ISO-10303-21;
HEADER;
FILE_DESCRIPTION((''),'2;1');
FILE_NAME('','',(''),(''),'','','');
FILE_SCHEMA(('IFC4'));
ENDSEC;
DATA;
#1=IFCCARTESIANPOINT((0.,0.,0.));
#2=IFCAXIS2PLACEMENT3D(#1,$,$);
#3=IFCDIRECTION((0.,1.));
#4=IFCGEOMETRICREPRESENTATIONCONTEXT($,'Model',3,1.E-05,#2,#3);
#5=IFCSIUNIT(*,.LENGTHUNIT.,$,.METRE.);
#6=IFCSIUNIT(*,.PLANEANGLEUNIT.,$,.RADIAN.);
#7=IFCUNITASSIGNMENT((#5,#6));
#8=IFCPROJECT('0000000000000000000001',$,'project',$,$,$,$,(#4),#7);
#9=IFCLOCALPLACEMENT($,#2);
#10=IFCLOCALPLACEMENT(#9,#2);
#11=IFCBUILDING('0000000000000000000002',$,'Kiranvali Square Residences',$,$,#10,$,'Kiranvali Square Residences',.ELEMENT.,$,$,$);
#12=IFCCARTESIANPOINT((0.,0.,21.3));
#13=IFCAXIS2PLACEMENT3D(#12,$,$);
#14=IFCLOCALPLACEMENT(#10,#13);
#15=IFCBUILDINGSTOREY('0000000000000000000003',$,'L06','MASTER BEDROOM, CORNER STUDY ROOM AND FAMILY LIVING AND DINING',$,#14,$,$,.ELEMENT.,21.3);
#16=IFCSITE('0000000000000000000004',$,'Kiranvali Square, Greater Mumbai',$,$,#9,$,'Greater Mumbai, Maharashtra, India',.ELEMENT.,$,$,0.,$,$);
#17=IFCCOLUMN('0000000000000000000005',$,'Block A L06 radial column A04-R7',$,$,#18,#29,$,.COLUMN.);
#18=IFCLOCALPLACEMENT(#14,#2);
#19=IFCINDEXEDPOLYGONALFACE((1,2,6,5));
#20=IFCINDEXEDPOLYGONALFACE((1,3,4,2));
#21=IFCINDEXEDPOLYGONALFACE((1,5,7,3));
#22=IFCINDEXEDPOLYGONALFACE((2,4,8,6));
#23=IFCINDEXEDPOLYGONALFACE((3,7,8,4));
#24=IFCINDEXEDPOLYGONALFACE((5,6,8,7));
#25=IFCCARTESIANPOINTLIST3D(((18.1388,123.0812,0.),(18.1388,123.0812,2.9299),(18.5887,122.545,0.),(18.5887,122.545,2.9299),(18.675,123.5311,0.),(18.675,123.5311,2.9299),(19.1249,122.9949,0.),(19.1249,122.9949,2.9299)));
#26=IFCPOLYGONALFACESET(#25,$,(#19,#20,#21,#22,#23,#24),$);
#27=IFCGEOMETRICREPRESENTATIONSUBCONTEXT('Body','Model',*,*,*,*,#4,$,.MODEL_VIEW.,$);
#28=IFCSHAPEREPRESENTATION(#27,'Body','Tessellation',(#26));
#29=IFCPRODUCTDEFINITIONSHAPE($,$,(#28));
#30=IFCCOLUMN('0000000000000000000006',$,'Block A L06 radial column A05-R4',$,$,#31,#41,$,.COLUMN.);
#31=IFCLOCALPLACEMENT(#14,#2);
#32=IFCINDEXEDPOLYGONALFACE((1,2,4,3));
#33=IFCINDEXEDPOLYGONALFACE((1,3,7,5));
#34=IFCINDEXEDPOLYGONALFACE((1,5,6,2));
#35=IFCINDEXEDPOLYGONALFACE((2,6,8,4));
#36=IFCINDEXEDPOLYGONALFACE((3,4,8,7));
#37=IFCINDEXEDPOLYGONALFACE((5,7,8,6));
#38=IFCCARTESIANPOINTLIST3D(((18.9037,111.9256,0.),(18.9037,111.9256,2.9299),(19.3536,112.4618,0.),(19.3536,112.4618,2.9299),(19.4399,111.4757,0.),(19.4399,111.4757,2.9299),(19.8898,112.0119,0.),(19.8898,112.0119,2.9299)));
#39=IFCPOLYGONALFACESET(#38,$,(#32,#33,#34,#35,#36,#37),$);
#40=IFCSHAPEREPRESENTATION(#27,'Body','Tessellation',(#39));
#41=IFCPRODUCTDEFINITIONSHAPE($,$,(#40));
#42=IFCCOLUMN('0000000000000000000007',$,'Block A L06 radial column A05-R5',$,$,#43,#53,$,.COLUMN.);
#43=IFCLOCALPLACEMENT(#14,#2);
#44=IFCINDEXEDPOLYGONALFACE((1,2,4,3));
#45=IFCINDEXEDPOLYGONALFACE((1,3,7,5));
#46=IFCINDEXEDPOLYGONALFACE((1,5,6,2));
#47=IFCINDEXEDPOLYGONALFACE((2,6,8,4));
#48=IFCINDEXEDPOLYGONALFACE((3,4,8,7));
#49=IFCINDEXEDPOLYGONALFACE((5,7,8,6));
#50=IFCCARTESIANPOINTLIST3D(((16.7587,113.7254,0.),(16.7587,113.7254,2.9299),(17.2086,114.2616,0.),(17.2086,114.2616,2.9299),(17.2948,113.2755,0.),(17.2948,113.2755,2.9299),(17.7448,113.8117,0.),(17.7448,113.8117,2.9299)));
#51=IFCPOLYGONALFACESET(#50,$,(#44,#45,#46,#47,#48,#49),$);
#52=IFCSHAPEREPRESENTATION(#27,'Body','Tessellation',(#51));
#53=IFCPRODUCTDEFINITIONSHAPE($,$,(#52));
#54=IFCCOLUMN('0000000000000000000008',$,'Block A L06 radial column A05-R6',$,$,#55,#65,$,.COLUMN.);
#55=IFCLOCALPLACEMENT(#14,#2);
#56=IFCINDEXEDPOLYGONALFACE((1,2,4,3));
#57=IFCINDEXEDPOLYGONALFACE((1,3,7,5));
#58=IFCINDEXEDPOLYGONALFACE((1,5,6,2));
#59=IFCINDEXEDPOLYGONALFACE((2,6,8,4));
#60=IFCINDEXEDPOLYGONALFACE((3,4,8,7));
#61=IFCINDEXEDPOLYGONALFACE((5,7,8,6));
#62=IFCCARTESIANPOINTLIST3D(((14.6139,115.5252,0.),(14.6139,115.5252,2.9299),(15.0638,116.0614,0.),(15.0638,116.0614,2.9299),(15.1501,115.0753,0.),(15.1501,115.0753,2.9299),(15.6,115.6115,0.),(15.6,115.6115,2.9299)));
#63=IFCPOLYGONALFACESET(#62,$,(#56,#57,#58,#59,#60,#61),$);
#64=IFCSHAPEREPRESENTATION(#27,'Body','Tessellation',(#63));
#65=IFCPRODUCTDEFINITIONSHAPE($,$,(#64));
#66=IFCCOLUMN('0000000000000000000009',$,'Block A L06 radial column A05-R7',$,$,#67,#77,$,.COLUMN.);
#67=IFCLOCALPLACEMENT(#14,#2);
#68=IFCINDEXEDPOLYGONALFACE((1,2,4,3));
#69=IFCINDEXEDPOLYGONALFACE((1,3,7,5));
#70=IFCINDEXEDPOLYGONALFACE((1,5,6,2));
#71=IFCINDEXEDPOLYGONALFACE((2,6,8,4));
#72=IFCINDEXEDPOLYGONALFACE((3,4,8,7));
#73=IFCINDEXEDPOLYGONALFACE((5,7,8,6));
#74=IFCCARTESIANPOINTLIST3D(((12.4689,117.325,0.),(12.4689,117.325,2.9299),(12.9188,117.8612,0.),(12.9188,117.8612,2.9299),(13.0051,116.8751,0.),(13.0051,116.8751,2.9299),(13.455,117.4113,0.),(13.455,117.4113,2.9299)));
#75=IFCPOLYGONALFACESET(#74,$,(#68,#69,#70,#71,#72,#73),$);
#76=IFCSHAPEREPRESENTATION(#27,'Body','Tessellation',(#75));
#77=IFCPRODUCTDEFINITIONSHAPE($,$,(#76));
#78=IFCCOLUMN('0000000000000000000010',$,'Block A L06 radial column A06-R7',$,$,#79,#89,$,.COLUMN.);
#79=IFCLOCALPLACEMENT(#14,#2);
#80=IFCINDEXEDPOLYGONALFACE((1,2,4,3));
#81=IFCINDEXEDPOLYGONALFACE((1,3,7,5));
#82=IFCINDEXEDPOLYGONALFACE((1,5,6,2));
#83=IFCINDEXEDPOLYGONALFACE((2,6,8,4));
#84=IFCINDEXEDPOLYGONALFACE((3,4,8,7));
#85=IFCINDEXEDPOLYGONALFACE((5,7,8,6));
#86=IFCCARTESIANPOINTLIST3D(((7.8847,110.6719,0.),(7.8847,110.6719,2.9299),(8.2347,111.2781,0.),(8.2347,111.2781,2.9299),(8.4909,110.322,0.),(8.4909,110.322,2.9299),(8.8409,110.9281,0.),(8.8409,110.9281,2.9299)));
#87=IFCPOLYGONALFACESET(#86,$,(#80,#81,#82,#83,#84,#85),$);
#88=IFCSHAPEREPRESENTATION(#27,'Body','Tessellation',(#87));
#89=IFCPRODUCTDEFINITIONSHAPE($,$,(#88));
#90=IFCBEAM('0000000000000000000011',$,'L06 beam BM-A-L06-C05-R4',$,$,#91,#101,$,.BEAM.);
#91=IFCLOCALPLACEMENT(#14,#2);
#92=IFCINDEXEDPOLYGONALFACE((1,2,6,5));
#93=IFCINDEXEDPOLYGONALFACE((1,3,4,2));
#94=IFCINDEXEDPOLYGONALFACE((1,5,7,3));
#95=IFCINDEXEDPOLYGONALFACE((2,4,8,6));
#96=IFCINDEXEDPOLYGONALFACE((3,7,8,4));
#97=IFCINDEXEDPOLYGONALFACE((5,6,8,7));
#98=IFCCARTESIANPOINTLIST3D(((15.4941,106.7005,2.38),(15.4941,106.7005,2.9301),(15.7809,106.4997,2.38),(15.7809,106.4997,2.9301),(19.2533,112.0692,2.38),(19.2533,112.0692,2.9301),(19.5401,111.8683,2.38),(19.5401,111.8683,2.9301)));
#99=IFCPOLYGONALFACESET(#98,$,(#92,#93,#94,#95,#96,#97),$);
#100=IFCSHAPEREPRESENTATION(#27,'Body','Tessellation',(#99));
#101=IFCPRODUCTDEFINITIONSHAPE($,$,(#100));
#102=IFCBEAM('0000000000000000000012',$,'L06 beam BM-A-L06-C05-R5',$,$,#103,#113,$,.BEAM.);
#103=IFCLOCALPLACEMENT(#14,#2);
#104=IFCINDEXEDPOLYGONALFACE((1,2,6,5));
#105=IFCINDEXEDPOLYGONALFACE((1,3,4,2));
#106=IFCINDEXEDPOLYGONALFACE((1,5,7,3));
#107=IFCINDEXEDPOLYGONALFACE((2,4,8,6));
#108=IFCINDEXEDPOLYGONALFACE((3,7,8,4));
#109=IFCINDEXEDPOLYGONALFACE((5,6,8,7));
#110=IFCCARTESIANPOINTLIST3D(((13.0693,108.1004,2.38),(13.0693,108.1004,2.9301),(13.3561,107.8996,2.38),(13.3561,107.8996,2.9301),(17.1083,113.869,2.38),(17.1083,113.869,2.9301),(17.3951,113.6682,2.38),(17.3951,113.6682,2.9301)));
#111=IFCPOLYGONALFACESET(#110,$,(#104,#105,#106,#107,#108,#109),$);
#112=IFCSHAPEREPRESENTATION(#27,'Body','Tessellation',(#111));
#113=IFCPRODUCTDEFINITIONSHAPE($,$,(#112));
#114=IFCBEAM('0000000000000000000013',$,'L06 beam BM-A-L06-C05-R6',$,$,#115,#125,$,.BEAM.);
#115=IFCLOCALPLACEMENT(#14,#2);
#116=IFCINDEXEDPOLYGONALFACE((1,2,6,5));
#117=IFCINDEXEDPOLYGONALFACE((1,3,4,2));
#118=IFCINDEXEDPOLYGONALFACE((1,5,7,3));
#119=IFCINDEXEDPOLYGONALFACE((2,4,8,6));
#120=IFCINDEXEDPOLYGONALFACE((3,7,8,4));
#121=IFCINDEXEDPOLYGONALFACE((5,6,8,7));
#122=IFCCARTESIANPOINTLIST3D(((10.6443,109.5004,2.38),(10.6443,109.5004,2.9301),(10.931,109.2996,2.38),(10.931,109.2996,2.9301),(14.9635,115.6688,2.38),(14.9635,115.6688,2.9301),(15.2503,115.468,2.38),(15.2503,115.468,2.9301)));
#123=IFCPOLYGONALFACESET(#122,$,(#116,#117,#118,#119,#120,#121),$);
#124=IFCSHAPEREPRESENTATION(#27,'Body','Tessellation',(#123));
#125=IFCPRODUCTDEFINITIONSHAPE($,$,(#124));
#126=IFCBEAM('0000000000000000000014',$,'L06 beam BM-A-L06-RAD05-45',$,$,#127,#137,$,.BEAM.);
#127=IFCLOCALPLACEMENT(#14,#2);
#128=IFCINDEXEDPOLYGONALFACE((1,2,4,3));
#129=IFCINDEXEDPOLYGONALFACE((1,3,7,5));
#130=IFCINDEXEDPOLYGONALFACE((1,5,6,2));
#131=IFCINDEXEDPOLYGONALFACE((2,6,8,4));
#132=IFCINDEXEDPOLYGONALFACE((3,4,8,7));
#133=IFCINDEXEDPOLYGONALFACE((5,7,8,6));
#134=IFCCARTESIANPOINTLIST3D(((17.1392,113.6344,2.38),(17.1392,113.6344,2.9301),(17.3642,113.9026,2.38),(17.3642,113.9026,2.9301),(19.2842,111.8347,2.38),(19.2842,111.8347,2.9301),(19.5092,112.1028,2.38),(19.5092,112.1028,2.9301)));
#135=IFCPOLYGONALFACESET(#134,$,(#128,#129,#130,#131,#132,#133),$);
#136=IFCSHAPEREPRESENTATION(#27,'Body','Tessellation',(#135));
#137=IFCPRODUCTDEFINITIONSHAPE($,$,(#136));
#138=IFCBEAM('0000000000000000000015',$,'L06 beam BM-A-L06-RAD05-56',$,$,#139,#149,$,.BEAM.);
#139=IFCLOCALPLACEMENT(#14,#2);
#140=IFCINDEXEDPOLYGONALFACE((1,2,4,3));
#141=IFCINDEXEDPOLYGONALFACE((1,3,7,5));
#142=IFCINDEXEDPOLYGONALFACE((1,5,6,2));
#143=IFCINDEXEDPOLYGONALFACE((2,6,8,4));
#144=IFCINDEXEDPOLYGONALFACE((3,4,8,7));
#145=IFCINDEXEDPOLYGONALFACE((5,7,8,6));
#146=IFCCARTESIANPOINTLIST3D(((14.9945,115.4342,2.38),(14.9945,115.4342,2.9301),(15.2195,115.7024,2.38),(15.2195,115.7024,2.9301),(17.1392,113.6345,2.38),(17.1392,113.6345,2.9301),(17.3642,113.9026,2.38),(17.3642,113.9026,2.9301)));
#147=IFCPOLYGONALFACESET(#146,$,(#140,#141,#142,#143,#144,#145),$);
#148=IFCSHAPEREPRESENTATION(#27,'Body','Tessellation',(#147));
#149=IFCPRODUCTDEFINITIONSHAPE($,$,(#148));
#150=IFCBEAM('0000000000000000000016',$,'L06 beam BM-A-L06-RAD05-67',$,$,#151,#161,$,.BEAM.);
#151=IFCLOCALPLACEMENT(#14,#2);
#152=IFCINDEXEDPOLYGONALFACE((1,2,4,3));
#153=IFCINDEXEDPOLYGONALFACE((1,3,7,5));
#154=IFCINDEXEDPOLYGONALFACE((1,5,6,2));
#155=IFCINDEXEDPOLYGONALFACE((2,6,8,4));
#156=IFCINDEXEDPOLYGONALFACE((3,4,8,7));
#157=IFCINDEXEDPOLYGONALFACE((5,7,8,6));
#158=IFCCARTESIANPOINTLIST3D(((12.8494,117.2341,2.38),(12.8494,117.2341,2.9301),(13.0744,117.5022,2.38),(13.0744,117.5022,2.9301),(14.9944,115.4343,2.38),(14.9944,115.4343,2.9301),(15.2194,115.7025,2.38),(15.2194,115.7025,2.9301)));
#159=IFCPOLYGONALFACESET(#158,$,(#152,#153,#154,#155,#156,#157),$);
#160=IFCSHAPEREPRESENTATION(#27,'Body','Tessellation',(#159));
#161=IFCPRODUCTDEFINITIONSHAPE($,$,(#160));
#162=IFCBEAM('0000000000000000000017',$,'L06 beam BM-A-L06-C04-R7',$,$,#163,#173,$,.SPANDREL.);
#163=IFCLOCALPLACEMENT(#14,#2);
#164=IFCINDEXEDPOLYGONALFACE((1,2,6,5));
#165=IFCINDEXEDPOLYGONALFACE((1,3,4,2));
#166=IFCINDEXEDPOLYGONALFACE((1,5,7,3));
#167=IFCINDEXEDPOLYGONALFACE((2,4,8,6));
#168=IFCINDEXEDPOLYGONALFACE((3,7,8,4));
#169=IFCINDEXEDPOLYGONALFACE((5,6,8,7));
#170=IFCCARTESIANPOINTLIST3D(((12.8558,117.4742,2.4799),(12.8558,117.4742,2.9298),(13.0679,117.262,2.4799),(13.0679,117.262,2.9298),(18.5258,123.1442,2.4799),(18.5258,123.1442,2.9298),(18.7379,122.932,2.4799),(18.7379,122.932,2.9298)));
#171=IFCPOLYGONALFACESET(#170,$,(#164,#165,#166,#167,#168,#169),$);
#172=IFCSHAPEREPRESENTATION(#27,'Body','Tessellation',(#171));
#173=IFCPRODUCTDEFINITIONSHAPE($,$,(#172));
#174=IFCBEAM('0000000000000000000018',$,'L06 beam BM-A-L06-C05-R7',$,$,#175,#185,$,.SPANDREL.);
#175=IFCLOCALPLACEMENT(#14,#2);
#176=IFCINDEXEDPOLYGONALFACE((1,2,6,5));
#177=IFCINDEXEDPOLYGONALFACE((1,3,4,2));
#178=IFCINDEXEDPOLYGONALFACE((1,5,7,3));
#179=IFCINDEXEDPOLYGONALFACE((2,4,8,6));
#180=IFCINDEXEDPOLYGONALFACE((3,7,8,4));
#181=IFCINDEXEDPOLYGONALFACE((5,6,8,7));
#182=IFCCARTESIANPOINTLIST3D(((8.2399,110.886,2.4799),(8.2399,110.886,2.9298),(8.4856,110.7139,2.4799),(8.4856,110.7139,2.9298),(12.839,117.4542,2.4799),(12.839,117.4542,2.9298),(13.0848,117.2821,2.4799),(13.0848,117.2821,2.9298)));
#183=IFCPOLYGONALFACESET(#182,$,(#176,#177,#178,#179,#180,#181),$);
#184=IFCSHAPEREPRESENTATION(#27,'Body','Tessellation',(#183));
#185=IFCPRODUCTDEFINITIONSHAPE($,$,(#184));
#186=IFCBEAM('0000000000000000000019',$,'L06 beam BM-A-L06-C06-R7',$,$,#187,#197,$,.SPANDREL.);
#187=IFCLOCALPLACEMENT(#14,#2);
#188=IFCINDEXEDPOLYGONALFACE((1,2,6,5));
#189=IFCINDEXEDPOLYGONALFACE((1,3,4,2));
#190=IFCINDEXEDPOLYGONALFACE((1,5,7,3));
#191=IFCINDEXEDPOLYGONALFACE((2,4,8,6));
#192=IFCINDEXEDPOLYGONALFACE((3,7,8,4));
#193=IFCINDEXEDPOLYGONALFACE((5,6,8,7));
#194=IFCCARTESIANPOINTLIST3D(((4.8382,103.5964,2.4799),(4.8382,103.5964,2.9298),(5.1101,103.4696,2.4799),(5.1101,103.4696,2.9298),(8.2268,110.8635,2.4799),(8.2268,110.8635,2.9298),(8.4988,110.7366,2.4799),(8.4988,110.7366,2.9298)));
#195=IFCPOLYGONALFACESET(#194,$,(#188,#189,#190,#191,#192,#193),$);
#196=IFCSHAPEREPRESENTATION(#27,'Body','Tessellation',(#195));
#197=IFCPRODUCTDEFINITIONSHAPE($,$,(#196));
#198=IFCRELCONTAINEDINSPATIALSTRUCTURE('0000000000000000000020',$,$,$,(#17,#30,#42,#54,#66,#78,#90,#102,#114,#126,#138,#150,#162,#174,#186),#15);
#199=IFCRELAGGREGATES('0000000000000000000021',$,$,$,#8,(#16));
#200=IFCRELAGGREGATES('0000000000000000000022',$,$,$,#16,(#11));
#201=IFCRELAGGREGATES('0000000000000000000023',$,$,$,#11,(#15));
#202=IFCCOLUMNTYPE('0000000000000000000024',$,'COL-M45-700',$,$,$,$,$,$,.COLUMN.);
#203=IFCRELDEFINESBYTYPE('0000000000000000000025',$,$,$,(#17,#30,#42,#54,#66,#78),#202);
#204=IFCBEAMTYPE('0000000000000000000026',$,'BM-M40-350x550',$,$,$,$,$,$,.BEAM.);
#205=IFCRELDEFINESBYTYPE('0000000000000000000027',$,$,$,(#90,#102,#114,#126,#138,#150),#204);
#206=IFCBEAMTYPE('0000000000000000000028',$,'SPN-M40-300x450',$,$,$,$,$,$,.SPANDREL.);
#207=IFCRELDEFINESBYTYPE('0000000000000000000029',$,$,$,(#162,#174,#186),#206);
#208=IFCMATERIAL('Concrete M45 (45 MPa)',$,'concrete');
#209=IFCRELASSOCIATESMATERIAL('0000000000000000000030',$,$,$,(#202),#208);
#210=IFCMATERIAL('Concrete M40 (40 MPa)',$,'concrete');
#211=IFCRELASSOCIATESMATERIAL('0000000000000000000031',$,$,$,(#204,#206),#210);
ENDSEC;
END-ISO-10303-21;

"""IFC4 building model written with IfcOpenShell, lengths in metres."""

from ifc_helpers import new_model, si_unit, direction, frame, origin, origin_2d, place, context, subcontext, project, spatial, rectangle, extrude, material, material_profile, profile_set, type_object, element, save


model = new_model("IFC4")

# Units and contexts
model_context = context("Model", 3, precision=1e-05, world=origin(), true_north=direction((0.0, 1.0)))
body_context = subcontext(model_context, "Body", "Model", "MODEL_VIEW")
ifc_project = project(units=[si_unit("LENGTHUNIT", "METRE"), si_unit("PLANEANGLEUNIT", "RADIAN")], contexts=[model_context])

# Site, building, storey
site_placement = place(None, origin())
site = spatial("IfcSite", under=ifc_project, at=site_placement, Name="Kiranvali Square, Greater Mumbai", LongName="Greater Mumbai, Maharashtra, India", CompositionType="ELEMENT", RefElevation=0.0)
building_placement = place(site_placement, origin())
building = spatial("IfcBuilding", under=site, at=building_placement, Name="Kiranvali Square Residences", LongName="Kiranvali Square Residences", CompositionType="ELEMENT")
storey_placement = place(building_placement, frame((0.0, 0.0, 21.3)))
storey = spatial("IfcBuildingStorey", under=building, at=storey_placement, Name="L06", Description="MASTER BEDROOM, CORNER STUDY ROOM AND FAMILY LIVING AND DINING", CompositionType="ELEMENT", Elevation=21.3)

# Columns
ifc_material_1 = material(Name="Concrete M45 (45 MPa)", Category="concrete")
ifc_material_profile_1 = material_profile(ifc_material_1, rectangle(XDim=0.7, YDim=0.7, at=origin_2d()), Name="RC 700x700")
ifc_profile_set_1 = profile_set([ifc_material_profile_1], Name="Concrete M45 (45 MPa)")
column_type = type_object("IfcColumnType", Name="COL-M45-700", PredefinedType="COLUMN", material=ifc_profile_set_1)
for number, where, z_axis, x_axis, name in (
    (1, (18.6318, 123.0381, 0.0), (0.0, 0.0, 1.0), (0.766044, 0.642788, 0.0), "Block A L06 radial column A04-R7"),
    (2, (19.3967, 111.9688, 0.0), (0.0, 0.0, 1.0), (0.642788, 0.766044, 0.0), "Block A L06 radial column A05-R4"),
    (3, (17.2517, 113.7686, 0.0), (0.0, 0.0, 1.0), (0.642788, 0.766044, 0.0), "Block A L06 radial column A05-R5"),
    (4, (15.1069, 115.5684, 0.0), (0.0, 0.0, 1.0), (0.642788, 0.766044, 0.0), "Block A L06 radial column A05-R6"),
    (5, (12.9619, 117.3682, 0.0), (0.0, 0.0, 1.0), (0.642788, 0.766044, 0.0), "Block A L06 radial column A05-R7"),
    (6, (8.3628, 110.8, 0.0), (0.0, 0.0, 1.0), (0.5, 0.866025, 0.0), "Block A L06 radial column A06-R7"),
):
    element("IfcColumn", number, at=place(storey_placement, frame(where, z_axis=z_axis, x_axis=x_axis)), inside=storey, type_object=column_type, Name=name, PredefinedType="COLUMN", context=body_context, shape_type="SweptSolid", body=[
        extrude(rectangle(XDim=0.7, YDim=0.7, at=origin_2d()), origin(), (0.0, 0.0, 1.0), 2.9299),
    ])

# Beams
ifc_material_2 = material(Name="Concrete M40 (40 MPa)", Category="concrete")
ifc_material_profile_2 = material_profile(ifc_material_2, rectangle(XDim=0.3501, YDim=0.55, at=origin_2d()), Name="RC 350x550")
ifc_profile_set_2 = profile_set([ifc_material_profile_2], Name="Concrete M40 (40 MPa)")
beam_type_1 = type_object("IfcBeamType", Name="BM-M40-350x550", PredefinedType="BEAM", material=ifc_profile_set_2)
beam_1_placement = place(storey_placement, frame((19.3967, 111.9688, 2.655), z_axis=(-0.573587, -0.819144, 0.0), x_axis=(0.819144, -0.573587, 0.0)))
element("IfcBeam", 7, at=beam_1_placement, inside=storey, type_object=beam_type_1, Name="L06 beam BM-A-L06-C05-R4", PredefinedType="BEAM", context=body_context, shape_type="SweptSolid", body=[
    extrude(rectangle(XDim=0.3501, YDim=0.55, at=origin_2d()), origin(), (0.0, 0.0, 1.0), 6.554),
])
beam_2_placement = place(storey_placement, frame((17.2517, 113.7686, 2.655), z_axis=(-0.573565, -0.81916, 0.0), x_axis=(0.81916, -0.573565, 0.0)))
element("IfcBeam", 8, at=beam_2_placement, inside=storey, type_object=beam_type_1, Name="L06 beam BM-A-L06-C05-R5", PredefinedType="BEAM", context=body_context, shape_type="SweptSolid", body=[
    extrude(rectangle(XDim=0.3501, YDim=0.55, at=origin_2d()), origin(), (0.0, 0.0, 1.0), 7.042),
])
beam_3_placement = place(storey_placement, frame((15.1069, 115.5684, 2.655), z_axis=(-0.573589, -0.819144, 0.0), x_axis=(0.819144, -0.573589, 0.0)))
element("IfcBeam", 9, at=beam_3_placement, inside=storey, type_object=beam_type_1, Name="L06 beam BM-A-L06-C05-R6", PredefinedType="BEAM", context=body_context, shape_type="SweptSolid", body=[
    extrude(rectangle(XDim=0.3501, YDim=0.55, at=origin_2d()), origin(), (0.0, 0.0, 1.0), 7.5303),
])
beam_4_placement = place(storey_placement, frame((19.3967, 111.9688, 2.655), z_axis=(-0.766059, 0.642771, 0.0), x_axis=(-0.642771, -0.766059, 0.0)))
element("IfcBeam", 10, at=beam_4_placement, inside=storey, type_object=beam_type_1, Name="L06 beam BM-A-L06-RAD05-45", PredefinedType="BEAM", context=body_context, shape_type="SweptSolid", body=[
    extrude(rectangle(XDim=0.3501, YDim=0.55, at=origin_2d()), origin(), (0.0, 0.0, 1.0), 2.8),
])
beam_5_placement = place(storey_placement, frame((17.2517, 113.7686, 2.655), z_axis=(-0.766023, 0.642814, 0.0), x_axis=(-0.642814, -0.766023, 0.0)))
element("IfcBeam", 11, at=beam_5_placement, inside=storey, type_object=beam_type_1, Name="L06 beam BM-A-L06-RAD05-56", PredefinedType="BEAM", context=body_context, shape_type="SweptSolid", body=[
    extrude(rectangle(XDim=0.3501, YDim=0.55, at=origin_2d()), origin(), (0.0, 0.0, 1.0), 2.7998),
])
beam_6_placement = place(storey_placement, frame((15.1069, 115.5684, 2.655), z_axis=(-0.766059, 0.642771, 0.0), x_axis=(-0.642771, -0.766059, 0.0)))
element("IfcBeam", 12, at=beam_6_placement, inside=storey, type_object=beam_type_1, Name="L06 beam BM-A-L06-RAD05-67", PredefinedType="BEAM", context=body_context, shape_type="SweptSolid", body=[
    extrude(rectangle(XDim=0.3501, YDim=0.55, at=origin_2d()), origin(), (0.0, 0.0, 1.0), 2.8),
])
ifc_material_profile_3 = material_profile(ifc_material_2, rectangle(XDim=0.3, YDim=0.45, at=origin_2d()), Name="RC 300x450")
ifc_profile_set_3 = profile_set([ifc_material_profile_3], Name="Concrete M40 (40 MPa)")
beam_type_2 = type_object("IfcBeamType", Name="SPN-M40-300x450", PredefinedType="SPANDREL", material=ifc_profile_set_3)
beam_7_placement = place(storey_placement, frame((18.6318, 123.0381, 2.7048), z_axis=(-0.707107, -0.707107, 0.0), x_axis=(0.707107, -0.707107, 0.0)))
element("IfcBeam", 13, at=beam_7_placement, inside=storey, type_object=beam_type_2, Name="L06 beam BM-A-L06-C04-R7", PredefinedType="SPANDREL", context=body_context, shape_type="SweptSolid", body=[
    extrude(rectangle(XDim=0.3, YDim=0.45, at=origin_2d()), origin(), (0.0, 0.0, 1.0), 8.0186),
])
for number, where, z_axis, x_axis, name in (
    (14, (12.9619, 117.3682, 2.7048), (-0.573583, -0.819148, 0.0), (0.819148, -0.573583, 0.0), "L06 beam BM-A-L06-C05-R7"),
    (15, (8.3628, 110.8, 2.7048), (-0.422615, -0.906309, 0.0), (0.906309, -0.422615, 0.0), "L06 beam BM-A-L06-C06-R7"),
):
    element("IfcBeam", number, at=place(storey_placement, frame(where, z_axis=z_axis, x_axis=x_axis)), inside=storey, type_object=beam_type_2, Name=name, PredefinedType="SPANDREL", context=body_context, shape_type="SweptSolid", body=[
        extrude(rectangle(XDim=0.3, YDim=0.45, at=origin_2d()), origin(), (0.0, 0.0, 1.0), 8.0183),
    ])

save(model, "model.ifc")
